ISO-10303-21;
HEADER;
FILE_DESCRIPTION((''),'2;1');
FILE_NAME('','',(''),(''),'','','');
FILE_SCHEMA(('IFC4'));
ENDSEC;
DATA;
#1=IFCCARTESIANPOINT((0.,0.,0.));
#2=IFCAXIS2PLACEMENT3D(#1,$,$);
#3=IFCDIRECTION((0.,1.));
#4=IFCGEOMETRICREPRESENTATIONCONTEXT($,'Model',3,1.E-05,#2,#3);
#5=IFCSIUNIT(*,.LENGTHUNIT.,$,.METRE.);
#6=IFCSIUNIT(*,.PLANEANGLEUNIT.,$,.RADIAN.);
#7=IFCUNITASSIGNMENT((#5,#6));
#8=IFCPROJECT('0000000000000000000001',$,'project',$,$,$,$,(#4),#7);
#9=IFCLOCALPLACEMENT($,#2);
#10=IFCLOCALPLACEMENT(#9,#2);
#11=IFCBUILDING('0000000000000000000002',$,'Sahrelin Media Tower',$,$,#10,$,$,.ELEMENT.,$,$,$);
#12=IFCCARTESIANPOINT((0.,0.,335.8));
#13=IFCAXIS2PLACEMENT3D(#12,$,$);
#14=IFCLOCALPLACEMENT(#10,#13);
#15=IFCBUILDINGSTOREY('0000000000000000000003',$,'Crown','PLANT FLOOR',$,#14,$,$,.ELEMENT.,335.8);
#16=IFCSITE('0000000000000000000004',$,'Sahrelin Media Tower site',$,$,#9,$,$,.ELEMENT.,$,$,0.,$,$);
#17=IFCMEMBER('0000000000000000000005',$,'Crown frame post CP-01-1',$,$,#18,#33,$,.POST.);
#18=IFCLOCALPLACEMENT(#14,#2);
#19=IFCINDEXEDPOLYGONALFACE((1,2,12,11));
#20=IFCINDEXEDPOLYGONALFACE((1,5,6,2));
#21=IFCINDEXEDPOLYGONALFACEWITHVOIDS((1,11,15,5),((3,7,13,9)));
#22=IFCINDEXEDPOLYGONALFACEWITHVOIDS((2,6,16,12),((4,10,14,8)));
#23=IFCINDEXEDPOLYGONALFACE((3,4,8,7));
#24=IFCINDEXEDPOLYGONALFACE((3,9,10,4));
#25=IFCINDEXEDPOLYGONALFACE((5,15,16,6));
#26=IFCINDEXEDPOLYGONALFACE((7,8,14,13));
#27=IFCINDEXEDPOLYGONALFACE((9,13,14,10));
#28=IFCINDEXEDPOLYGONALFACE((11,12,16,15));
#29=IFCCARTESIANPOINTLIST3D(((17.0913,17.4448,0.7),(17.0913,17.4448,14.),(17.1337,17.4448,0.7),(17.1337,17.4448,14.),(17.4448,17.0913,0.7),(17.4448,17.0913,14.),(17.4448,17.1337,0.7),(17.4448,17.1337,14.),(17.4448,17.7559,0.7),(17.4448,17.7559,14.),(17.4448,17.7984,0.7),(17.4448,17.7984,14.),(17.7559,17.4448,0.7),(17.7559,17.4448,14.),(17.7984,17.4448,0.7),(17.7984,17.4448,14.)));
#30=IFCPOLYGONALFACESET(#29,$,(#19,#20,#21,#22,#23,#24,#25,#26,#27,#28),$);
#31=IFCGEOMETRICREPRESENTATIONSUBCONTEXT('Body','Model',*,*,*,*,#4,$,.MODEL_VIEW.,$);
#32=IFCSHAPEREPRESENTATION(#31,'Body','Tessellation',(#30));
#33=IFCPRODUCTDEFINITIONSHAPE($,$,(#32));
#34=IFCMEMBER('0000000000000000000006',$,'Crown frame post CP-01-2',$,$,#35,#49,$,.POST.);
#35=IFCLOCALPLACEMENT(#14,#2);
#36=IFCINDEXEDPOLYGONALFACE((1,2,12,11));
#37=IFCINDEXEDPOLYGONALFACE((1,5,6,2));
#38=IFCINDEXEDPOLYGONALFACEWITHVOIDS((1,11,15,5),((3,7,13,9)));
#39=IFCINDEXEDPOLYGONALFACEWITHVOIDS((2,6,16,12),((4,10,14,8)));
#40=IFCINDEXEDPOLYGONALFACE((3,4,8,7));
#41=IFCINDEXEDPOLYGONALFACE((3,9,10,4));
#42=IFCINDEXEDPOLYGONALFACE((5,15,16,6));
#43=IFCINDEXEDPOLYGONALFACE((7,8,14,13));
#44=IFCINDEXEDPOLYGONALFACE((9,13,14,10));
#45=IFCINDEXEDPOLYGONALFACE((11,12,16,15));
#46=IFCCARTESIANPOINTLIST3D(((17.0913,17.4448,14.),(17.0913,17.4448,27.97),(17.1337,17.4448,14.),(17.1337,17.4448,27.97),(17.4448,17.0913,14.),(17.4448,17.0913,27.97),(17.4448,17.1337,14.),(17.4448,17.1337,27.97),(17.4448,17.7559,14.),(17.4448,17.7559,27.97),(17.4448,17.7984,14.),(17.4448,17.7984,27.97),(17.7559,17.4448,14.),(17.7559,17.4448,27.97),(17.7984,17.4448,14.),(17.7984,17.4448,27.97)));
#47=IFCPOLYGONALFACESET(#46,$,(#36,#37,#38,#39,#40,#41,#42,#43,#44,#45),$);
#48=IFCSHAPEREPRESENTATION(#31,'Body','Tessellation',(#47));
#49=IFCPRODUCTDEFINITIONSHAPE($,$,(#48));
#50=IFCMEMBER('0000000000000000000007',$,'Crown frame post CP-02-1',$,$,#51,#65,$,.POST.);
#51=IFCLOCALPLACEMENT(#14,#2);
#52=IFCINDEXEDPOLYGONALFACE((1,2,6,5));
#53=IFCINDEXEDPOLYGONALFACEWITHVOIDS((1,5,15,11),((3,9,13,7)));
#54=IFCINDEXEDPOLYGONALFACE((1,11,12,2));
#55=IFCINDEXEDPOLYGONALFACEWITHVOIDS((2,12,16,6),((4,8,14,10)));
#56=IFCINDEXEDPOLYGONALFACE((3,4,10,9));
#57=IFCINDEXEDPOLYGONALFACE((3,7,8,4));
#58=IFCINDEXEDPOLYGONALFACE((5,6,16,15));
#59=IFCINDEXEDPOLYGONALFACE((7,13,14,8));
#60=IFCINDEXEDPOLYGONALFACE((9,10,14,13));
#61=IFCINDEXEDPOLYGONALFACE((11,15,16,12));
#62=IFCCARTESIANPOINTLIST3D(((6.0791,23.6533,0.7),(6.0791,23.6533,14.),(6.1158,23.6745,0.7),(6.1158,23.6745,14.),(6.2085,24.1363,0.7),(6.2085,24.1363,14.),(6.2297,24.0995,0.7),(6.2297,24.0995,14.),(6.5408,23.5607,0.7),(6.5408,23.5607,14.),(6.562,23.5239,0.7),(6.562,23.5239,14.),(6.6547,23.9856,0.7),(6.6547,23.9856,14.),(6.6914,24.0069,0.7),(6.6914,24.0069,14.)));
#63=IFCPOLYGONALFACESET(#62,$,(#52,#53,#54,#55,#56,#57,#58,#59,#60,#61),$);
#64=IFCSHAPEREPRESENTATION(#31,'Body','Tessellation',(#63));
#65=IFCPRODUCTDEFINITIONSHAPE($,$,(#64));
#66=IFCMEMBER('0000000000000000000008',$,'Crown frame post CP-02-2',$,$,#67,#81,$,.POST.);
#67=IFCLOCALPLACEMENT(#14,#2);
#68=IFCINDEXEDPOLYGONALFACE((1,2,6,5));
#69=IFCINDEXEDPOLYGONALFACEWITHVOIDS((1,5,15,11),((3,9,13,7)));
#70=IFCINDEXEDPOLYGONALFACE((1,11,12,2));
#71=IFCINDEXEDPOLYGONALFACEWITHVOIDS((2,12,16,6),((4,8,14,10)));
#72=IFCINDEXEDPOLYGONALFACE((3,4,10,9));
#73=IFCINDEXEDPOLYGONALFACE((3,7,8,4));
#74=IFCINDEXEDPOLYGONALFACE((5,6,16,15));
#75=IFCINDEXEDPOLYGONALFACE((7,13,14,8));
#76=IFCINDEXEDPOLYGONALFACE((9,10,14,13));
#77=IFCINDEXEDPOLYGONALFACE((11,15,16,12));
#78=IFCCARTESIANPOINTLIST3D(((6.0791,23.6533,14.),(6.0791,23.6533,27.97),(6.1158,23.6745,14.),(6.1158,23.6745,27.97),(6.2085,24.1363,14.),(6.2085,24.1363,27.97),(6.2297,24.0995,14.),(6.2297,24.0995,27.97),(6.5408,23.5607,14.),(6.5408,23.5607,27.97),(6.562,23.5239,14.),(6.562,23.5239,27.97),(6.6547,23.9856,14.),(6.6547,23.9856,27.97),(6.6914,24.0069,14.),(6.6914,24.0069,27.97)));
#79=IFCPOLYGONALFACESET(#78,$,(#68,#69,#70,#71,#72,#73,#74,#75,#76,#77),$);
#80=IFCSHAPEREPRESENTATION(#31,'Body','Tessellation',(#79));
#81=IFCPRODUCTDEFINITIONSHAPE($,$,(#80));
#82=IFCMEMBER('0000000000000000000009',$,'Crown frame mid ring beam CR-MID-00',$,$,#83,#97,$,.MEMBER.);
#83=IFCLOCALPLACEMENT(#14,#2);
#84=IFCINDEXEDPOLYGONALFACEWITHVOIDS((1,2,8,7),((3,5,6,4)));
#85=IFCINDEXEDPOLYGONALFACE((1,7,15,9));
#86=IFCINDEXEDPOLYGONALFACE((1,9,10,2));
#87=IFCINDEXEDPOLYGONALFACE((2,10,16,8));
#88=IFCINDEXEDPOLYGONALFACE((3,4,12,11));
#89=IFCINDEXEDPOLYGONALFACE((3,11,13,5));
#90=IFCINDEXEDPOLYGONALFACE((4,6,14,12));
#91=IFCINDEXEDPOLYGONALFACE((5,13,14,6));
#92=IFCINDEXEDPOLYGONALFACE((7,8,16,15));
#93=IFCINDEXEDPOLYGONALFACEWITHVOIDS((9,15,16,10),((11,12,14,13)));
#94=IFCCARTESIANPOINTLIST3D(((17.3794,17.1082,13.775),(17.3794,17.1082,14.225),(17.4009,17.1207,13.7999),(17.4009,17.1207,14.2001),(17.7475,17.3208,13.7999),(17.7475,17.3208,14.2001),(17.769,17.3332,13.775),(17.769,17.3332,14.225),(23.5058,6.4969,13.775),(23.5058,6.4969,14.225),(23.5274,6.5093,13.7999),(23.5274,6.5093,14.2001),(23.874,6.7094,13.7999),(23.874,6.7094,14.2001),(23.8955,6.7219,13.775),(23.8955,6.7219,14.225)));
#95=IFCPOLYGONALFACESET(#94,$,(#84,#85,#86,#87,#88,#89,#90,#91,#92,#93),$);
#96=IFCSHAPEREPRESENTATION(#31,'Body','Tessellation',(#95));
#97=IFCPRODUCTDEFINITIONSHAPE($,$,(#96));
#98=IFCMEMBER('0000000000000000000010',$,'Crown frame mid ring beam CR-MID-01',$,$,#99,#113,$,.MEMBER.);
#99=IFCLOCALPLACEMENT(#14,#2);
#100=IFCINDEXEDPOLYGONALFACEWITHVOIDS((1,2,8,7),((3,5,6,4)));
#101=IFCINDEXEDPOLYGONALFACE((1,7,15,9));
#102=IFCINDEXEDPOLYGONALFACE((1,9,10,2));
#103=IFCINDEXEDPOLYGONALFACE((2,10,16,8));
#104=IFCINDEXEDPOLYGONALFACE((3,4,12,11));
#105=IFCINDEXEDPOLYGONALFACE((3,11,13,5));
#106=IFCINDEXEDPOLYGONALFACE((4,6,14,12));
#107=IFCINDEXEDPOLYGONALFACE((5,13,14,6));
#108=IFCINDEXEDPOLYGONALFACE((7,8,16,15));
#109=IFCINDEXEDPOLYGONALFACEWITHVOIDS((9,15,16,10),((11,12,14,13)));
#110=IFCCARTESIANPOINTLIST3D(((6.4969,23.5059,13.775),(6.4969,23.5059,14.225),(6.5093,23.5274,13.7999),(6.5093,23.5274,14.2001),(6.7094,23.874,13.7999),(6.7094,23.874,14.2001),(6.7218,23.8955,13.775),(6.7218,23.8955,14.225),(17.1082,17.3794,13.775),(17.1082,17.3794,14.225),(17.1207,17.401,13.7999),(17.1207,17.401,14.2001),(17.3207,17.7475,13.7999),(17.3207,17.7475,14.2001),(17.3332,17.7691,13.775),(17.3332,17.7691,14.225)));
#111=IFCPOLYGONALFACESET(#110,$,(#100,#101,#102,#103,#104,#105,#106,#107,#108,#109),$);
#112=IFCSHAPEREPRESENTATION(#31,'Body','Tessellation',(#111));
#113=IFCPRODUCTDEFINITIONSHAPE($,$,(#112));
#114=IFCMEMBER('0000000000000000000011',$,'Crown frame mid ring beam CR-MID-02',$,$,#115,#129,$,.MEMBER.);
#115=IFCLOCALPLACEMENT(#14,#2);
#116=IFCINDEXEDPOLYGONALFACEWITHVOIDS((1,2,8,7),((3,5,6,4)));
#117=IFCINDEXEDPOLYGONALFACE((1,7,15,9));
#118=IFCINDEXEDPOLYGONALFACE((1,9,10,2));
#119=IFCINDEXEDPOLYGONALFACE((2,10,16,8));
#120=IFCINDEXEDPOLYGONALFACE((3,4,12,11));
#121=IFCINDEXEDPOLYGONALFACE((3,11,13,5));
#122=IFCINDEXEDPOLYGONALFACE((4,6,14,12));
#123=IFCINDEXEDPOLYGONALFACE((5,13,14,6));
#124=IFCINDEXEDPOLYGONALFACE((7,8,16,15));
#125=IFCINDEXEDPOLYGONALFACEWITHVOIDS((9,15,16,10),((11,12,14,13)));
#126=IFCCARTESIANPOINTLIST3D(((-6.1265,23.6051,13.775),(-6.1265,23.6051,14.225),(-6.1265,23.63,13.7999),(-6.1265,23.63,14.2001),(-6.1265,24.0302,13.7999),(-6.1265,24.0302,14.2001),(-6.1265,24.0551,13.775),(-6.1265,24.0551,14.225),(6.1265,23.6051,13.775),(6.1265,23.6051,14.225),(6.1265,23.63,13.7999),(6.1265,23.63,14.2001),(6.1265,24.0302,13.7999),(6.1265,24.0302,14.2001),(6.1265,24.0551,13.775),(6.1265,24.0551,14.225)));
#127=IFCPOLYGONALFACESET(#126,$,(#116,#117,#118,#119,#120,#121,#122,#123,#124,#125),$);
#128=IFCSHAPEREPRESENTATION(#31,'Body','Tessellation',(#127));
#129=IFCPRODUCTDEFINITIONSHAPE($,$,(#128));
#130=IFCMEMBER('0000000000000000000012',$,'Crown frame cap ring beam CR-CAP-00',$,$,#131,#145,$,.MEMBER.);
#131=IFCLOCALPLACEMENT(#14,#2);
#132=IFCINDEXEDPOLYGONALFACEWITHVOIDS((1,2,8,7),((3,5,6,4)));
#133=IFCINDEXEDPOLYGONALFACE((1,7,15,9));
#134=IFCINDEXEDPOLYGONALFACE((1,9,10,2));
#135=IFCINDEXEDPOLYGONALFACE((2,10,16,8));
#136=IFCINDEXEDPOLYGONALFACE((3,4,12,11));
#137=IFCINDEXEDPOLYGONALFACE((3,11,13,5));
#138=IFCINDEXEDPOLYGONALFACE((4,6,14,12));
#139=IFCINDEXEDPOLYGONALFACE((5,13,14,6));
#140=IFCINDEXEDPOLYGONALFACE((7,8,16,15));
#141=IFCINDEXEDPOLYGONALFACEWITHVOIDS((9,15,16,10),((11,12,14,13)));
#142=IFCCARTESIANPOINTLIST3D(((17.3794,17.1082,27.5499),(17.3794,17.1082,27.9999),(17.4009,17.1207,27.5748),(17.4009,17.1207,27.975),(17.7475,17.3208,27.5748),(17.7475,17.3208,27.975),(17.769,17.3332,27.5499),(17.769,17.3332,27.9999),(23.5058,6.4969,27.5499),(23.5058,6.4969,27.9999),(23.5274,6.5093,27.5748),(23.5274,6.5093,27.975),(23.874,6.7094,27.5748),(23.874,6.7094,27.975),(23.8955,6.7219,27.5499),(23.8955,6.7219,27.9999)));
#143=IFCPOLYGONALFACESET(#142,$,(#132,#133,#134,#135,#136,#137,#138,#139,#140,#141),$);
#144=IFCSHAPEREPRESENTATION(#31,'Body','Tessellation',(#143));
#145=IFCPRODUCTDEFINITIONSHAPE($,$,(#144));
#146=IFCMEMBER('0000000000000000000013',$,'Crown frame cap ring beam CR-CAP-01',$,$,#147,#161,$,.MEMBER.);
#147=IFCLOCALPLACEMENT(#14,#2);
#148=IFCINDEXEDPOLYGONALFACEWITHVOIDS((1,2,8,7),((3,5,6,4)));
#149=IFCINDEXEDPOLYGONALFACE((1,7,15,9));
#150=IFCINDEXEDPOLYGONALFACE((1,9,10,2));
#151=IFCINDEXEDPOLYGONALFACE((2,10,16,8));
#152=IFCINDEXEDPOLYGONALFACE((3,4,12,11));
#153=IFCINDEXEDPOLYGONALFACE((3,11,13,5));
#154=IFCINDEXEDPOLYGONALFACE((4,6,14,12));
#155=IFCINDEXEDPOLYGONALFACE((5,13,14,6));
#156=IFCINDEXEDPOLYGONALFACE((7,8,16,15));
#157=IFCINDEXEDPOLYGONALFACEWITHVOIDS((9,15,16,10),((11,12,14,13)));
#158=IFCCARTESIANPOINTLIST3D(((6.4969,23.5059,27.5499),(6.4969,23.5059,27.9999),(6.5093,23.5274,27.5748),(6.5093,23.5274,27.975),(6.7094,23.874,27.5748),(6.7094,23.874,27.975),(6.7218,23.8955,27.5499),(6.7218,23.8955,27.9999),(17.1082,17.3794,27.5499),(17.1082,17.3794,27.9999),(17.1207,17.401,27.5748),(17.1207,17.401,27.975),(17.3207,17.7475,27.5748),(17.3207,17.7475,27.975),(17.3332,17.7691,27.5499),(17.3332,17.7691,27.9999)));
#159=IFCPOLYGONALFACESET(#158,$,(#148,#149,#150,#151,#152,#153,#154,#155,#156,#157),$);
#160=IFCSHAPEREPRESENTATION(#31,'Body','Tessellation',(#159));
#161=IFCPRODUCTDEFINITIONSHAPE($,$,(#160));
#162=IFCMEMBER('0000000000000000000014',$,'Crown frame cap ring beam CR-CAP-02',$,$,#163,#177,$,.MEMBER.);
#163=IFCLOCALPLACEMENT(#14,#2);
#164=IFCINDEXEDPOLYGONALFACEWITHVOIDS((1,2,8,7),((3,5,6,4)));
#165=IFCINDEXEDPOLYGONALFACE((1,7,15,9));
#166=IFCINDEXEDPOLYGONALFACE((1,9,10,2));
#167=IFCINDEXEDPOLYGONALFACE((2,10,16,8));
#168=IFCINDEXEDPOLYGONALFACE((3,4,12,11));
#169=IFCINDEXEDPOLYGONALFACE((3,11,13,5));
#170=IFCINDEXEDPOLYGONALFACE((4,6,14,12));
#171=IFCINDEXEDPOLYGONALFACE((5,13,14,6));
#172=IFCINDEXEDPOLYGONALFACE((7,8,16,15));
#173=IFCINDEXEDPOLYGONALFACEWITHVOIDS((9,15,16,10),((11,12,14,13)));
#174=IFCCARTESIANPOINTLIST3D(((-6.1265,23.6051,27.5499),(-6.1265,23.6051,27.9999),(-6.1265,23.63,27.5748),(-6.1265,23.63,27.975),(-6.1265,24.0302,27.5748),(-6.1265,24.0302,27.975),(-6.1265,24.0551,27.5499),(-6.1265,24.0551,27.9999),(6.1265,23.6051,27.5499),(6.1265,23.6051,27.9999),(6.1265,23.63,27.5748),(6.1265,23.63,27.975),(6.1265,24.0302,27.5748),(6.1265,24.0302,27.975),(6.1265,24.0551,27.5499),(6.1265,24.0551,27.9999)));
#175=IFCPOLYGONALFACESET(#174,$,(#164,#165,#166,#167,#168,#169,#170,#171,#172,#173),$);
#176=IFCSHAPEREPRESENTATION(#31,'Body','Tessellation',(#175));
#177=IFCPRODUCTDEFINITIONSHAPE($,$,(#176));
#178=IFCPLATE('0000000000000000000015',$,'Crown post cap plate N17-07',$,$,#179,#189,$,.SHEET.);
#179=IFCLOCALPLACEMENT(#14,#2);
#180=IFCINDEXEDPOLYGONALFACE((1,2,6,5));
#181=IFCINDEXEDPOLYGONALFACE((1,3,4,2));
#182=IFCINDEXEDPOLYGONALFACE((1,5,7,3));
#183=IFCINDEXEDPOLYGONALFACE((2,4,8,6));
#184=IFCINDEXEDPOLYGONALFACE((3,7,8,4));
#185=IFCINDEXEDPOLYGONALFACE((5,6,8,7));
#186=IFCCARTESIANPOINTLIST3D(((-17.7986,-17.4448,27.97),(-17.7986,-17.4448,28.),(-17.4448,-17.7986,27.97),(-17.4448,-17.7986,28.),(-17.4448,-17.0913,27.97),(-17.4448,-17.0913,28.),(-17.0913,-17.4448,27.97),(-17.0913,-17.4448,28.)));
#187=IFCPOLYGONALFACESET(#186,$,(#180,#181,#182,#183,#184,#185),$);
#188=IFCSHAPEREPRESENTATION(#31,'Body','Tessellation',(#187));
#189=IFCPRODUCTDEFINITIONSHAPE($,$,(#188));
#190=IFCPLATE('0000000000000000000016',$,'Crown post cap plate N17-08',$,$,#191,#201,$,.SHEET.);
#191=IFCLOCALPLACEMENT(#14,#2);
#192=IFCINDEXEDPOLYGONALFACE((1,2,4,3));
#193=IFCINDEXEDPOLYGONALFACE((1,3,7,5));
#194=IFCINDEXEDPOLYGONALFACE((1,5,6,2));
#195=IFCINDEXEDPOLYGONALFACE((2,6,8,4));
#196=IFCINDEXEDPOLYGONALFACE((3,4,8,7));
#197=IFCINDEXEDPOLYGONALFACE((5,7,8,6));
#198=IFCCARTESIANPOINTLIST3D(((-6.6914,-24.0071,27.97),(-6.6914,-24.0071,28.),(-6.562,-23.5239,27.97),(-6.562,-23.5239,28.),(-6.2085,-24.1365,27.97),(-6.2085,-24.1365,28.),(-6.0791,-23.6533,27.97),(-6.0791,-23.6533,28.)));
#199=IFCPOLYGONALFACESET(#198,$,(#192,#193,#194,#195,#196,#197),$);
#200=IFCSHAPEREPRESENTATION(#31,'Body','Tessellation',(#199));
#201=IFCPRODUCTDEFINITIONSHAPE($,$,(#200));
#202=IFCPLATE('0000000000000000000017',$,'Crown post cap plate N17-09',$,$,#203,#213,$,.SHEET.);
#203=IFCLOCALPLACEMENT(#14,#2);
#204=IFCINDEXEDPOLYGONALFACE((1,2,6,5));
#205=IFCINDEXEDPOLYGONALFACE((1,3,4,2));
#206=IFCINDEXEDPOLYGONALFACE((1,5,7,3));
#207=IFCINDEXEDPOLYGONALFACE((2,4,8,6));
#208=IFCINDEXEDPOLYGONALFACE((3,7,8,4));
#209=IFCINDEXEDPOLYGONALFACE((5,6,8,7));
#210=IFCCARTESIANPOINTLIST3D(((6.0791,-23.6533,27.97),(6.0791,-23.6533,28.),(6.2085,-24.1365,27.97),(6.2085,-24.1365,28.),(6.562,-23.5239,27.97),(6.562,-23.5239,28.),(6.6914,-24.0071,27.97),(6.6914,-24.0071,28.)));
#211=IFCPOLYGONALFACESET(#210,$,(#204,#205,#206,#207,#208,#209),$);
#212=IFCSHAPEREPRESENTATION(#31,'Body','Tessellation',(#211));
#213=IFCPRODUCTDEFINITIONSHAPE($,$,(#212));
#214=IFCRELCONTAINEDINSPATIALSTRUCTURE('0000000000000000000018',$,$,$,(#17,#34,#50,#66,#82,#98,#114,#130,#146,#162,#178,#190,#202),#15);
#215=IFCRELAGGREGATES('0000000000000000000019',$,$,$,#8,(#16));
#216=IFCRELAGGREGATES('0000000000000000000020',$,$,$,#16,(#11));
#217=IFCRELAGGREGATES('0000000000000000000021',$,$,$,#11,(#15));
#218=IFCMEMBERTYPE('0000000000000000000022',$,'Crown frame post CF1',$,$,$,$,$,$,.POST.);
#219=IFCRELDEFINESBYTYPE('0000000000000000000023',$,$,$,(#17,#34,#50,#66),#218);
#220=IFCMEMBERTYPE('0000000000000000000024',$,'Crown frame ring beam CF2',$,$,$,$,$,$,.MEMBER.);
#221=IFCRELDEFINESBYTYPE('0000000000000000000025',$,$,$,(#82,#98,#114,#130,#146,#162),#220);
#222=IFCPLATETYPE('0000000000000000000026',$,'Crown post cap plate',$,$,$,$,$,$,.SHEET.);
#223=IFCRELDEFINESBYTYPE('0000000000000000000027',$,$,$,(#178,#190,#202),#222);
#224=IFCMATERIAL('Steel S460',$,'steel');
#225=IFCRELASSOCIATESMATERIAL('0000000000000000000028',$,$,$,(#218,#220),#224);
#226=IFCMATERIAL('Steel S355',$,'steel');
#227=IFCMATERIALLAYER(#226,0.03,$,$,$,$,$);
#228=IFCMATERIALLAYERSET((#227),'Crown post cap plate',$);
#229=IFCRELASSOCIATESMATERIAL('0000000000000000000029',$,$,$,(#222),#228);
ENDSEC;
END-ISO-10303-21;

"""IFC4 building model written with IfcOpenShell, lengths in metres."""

from ifc_helpers import new_model, si_unit, direction, frame, origin, origin_2d, place, context, subcontext, project, spatial, polyline, hollow_rectangle, outline, extrude, material, layer, layer_set, material_profile, profile_set, type_object, element, save


model = new_model("IFC4")

# Units and contexts
model_context = context("Model", 3, precision=1e-05, world=origin(), true_north=direction((0.0, 1.0)))
body_context = subcontext(model_context, "Body", "Model", "MODEL_VIEW")
ifc_project = project(units=[si_unit("LENGTHUNIT", "METRE"), si_unit("PLANEANGLEUNIT", "RADIAN")], contexts=[model_context])

# Site, building, storey
site_placement = place(None, origin())
site = spatial("IfcSite", under=ifc_project, at=site_placement, Name="Sahrelin Media Tower site", CompositionType="ELEMENT", RefElevation=0.0)
building_placement = place(site_placement, origin())
building = spatial("IfcBuilding", under=site, at=building_placement, Name="Sahrelin Media Tower", CompositionType="ELEMENT")
storey_placement = place(building_placement, frame((0.0, 0.0, 335.8)))
storey = spatial("IfcBuildingStorey", under=building, at=storey_placement, Name="Crown", Description="PLANT FLOOR", CompositionType="ELEMENT", Elevation=335.8)

# Members
ifc_material_1 = material(Name="Steel S460", Category="steel")
ifc_material_profile_1 = material_profile(ifc_material_1, hollow_rectangle(XDim=0.5, YDim=0.5, WallThickness=0.03, at=origin_2d()), Name="Crown frame post CF1")
ifc_profile_set_1 = profile_set([ifc_material_profile_1], Name="Steel S460")
member_type_1 = type_object("IfcMemberType", Name="Crown frame post CF1", PredefinedType="POST", material=ifc_profile_set_1)
member_1_placement = place(storey_placement, frame((17.4448, 17.4448, 0.7), z_axis=(0.0, 0.0, 1.0), x_axis=(0.707107, 0.707107, 0.0)))
element("IfcMember", 1, at=member_1_placement, inside=storey, type_object=member_type_1, Name="Crown frame post CP-01-1", PredefinedType="POST", context=body_context, shape_type="SweptSolid", body=[
    extrude(hollow_rectangle(XDim=0.5, YDim=0.5, WallThickness=0.03, at=origin_2d()), origin(), (0.0, 0.0, 1.0), 13.3),
])
member_2_placement = place(storey_placement, frame((17.4448, 17.4448, 14.0), z_axis=(0.0, 0.0, 1.0), x_axis=(0.707107, 0.707107, 0.0)))
element("IfcMember", 2, at=member_2_placement, inside=storey, type_object=member_type_1, Name="Crown frame post CP-01-2", PredefinedType="POST", context=body_context, shape_type="SweptSolid", body=[
    extrude(hollow_rectangle(XDim=0.5, YDim=0.5, WallThickness=0.03, at=origin_2d()), origin(), (0.0, 0.0, 1.0), 13.97),
])
member_3_placement = place(storey_placement, frame((6.3853, 23.8301, 0.7), z_axis=(0.0, 0.0, 1.0), x_axis=(0.258819, 0.965926, 0.0)))
element("IfcMember", 3, at=member_3_placement, inside=storey, type_object=member_type_1, Name="Crown frame post CP-02-1", PredefinedType="POST", context=body_context, shape_type="SweptSolid", body=[
    extrude(hollow_rectangle(XDim=0.5, YDim=0.5, WallThickness=0.03, at=origin_2d()), origin(), (0.0, 0.0, 1.0), 13.3),
])
member_4_placement = place(storey_placement, frame((6.3853, 23.8301, 14.0), z_axis=(0.0, 0.0, 1.0), x_axis=(0.258819, 0.965926, 0.0)))
element("IfcMember", 4, at=member_4_placement, inside=storey, type_object=member_type_1, Name="Crown frame post CP-02-2", PredefinedType="POST", context=body_context, shape_type="SweptSolid", body=[
    extrude(hollow_rectangle(XDim=0.5, YDim=0.5, WallThickness=0.03, at=origin_2d()), origin(), (0.0, 0.0, 1.0), 13.97),
])
ifc_material_profile_2 = material_profile(ifc_material_1, hollow_rectangle(XDim=0.45, YDim=0.45, WallThickness=0.0249, at=origin_2d()), Name="Crown frame ring beam CF2")
ifc_profile_set_2 = profile_set([ifc_material_profile_2], Name="Steel S460")
member_type_2 = type_object("IfcMemberType", Name="Crown frame ring beam CF2", PredefinedType="MEMBER", material=ifc_profile_set_2)
for number, where, z_axis, x_axis, name in (
    (5, (23.7007, 6.6094, 14.0), (-0.500001, 0.866025, 0.0), (-0.866025, -0.500001, 0.0), "Crown frame mid ring beam CR-MID-00"),
    (6, (17.2207, 17.5742, 14.0), (-0.866025, 0.500001, 0.0), (-0.500001, -0.866025, 0.0), "Crown frame mid ring beam CR-MID-01"),
    (7, (6.1265, 23.8301, 14.0), (-1.0, 0.0, 0.0), (0.0, -1.0, 0.0), "Crown frame mid ring beam CR-MID-02"),
    (8, (23.7007, 6.6094, 27.7749), (-0.500001, 0.866025, 0.0), (-0.866025, -0.500001, 0.0), "Crown frame cap ring beam CR-CAP-00"),
    (9, (17.2207, 17.5742, 27.7749), (-0.866025, 0.500001, 0.0), (-0.500001, -0.866025, 0.0), "Crown frame cap ring beam CR-CAP-01"),
    (10, (6.1265, 23.8301, 27.7749), (-1.0, 0.0, 0.0), (0.0, -1.0, 0.0), "Crown frame cap ring beam CR-CAP-02"),
):
    element("IfcMember", number, at=place(storey_placement, frame(where, z_axis=z_axis, x_axis=x_axis)), inside=storey, type_object=member_type_2, Name=name, PredefinedType="MEMBER", context=body_context, shape_type="SweptSolid", body=[
        extrude(hollow_rectangle(XDim=0.45, YDim=0.45, WallThickness=0.0249, at=origin_2d()), origin(), (0.0, 0.0, 1.0), 12.2529),
    ])

# Plates
ifc_material_2 = material(Name="Steel S355", Category="steel")
ifc_layer = layer(ifc_material_2, 0.03)
ifc_layer_set = layer_set([ifc_layer], Name="Crown post cap plate")
plate_type = type_object("IfcPlateType", Name="Crown post cap plate", PredefinedType="SHEET", material=ifc_layer_set)
placement = place(storey_placement, frame((0.0, 0.0, 27.97)))
element("IfcPlate", 11, at=placement, inside=storey, type_object=plate_type, Name="Crown post cap plate N17-07", PredefinedType="SHEET", context=body_context, shape_type="SweptSolid", body=[
    extrude(outline(polyline([(-17.4448, -17.0913), (-17.7986, -17.4448), (-17.4448, -17.7986), (-17.0913, -17.4448), (-17.4448, -17.0913)])), origin(), (0.0, 0.0, 1.0), 0.03),
])
element("IfcPlate", 12, at=placement, inside=storey, type_object=plate_type, Name="Crown post cap plate N17-08", PredefinedType="SHEET", context=body_context, shape_type="SweptSolid", body=[
    extrude(outline(polyline([(-6.562, -23.5239), (-6.6914, -24.0071), (-6.2085, -24.1365), (-6.0791, -23.6533), (-6.562, -23.5239)])), origin(), (0.0, 0.0, 1.0), 0.03),
])
element("IfcPlate", 13, at=placement, inside=storey, type_object=plate_type, Name="Crown post cap plate N17-09", PredefinedType="SHEET", context=body_context, shape_type="SweptSolid", body=[
    extrude(outline(polyline([(6.0791, -23.6533), (6.2085, -24.1365), (6.6914, -24.0071), (6.562, -23.5239), (6.0791, -23.6533)])), origin(), (0.0, 0.0, 1.0), 0.03),
])

save(model, "model.ifc")
